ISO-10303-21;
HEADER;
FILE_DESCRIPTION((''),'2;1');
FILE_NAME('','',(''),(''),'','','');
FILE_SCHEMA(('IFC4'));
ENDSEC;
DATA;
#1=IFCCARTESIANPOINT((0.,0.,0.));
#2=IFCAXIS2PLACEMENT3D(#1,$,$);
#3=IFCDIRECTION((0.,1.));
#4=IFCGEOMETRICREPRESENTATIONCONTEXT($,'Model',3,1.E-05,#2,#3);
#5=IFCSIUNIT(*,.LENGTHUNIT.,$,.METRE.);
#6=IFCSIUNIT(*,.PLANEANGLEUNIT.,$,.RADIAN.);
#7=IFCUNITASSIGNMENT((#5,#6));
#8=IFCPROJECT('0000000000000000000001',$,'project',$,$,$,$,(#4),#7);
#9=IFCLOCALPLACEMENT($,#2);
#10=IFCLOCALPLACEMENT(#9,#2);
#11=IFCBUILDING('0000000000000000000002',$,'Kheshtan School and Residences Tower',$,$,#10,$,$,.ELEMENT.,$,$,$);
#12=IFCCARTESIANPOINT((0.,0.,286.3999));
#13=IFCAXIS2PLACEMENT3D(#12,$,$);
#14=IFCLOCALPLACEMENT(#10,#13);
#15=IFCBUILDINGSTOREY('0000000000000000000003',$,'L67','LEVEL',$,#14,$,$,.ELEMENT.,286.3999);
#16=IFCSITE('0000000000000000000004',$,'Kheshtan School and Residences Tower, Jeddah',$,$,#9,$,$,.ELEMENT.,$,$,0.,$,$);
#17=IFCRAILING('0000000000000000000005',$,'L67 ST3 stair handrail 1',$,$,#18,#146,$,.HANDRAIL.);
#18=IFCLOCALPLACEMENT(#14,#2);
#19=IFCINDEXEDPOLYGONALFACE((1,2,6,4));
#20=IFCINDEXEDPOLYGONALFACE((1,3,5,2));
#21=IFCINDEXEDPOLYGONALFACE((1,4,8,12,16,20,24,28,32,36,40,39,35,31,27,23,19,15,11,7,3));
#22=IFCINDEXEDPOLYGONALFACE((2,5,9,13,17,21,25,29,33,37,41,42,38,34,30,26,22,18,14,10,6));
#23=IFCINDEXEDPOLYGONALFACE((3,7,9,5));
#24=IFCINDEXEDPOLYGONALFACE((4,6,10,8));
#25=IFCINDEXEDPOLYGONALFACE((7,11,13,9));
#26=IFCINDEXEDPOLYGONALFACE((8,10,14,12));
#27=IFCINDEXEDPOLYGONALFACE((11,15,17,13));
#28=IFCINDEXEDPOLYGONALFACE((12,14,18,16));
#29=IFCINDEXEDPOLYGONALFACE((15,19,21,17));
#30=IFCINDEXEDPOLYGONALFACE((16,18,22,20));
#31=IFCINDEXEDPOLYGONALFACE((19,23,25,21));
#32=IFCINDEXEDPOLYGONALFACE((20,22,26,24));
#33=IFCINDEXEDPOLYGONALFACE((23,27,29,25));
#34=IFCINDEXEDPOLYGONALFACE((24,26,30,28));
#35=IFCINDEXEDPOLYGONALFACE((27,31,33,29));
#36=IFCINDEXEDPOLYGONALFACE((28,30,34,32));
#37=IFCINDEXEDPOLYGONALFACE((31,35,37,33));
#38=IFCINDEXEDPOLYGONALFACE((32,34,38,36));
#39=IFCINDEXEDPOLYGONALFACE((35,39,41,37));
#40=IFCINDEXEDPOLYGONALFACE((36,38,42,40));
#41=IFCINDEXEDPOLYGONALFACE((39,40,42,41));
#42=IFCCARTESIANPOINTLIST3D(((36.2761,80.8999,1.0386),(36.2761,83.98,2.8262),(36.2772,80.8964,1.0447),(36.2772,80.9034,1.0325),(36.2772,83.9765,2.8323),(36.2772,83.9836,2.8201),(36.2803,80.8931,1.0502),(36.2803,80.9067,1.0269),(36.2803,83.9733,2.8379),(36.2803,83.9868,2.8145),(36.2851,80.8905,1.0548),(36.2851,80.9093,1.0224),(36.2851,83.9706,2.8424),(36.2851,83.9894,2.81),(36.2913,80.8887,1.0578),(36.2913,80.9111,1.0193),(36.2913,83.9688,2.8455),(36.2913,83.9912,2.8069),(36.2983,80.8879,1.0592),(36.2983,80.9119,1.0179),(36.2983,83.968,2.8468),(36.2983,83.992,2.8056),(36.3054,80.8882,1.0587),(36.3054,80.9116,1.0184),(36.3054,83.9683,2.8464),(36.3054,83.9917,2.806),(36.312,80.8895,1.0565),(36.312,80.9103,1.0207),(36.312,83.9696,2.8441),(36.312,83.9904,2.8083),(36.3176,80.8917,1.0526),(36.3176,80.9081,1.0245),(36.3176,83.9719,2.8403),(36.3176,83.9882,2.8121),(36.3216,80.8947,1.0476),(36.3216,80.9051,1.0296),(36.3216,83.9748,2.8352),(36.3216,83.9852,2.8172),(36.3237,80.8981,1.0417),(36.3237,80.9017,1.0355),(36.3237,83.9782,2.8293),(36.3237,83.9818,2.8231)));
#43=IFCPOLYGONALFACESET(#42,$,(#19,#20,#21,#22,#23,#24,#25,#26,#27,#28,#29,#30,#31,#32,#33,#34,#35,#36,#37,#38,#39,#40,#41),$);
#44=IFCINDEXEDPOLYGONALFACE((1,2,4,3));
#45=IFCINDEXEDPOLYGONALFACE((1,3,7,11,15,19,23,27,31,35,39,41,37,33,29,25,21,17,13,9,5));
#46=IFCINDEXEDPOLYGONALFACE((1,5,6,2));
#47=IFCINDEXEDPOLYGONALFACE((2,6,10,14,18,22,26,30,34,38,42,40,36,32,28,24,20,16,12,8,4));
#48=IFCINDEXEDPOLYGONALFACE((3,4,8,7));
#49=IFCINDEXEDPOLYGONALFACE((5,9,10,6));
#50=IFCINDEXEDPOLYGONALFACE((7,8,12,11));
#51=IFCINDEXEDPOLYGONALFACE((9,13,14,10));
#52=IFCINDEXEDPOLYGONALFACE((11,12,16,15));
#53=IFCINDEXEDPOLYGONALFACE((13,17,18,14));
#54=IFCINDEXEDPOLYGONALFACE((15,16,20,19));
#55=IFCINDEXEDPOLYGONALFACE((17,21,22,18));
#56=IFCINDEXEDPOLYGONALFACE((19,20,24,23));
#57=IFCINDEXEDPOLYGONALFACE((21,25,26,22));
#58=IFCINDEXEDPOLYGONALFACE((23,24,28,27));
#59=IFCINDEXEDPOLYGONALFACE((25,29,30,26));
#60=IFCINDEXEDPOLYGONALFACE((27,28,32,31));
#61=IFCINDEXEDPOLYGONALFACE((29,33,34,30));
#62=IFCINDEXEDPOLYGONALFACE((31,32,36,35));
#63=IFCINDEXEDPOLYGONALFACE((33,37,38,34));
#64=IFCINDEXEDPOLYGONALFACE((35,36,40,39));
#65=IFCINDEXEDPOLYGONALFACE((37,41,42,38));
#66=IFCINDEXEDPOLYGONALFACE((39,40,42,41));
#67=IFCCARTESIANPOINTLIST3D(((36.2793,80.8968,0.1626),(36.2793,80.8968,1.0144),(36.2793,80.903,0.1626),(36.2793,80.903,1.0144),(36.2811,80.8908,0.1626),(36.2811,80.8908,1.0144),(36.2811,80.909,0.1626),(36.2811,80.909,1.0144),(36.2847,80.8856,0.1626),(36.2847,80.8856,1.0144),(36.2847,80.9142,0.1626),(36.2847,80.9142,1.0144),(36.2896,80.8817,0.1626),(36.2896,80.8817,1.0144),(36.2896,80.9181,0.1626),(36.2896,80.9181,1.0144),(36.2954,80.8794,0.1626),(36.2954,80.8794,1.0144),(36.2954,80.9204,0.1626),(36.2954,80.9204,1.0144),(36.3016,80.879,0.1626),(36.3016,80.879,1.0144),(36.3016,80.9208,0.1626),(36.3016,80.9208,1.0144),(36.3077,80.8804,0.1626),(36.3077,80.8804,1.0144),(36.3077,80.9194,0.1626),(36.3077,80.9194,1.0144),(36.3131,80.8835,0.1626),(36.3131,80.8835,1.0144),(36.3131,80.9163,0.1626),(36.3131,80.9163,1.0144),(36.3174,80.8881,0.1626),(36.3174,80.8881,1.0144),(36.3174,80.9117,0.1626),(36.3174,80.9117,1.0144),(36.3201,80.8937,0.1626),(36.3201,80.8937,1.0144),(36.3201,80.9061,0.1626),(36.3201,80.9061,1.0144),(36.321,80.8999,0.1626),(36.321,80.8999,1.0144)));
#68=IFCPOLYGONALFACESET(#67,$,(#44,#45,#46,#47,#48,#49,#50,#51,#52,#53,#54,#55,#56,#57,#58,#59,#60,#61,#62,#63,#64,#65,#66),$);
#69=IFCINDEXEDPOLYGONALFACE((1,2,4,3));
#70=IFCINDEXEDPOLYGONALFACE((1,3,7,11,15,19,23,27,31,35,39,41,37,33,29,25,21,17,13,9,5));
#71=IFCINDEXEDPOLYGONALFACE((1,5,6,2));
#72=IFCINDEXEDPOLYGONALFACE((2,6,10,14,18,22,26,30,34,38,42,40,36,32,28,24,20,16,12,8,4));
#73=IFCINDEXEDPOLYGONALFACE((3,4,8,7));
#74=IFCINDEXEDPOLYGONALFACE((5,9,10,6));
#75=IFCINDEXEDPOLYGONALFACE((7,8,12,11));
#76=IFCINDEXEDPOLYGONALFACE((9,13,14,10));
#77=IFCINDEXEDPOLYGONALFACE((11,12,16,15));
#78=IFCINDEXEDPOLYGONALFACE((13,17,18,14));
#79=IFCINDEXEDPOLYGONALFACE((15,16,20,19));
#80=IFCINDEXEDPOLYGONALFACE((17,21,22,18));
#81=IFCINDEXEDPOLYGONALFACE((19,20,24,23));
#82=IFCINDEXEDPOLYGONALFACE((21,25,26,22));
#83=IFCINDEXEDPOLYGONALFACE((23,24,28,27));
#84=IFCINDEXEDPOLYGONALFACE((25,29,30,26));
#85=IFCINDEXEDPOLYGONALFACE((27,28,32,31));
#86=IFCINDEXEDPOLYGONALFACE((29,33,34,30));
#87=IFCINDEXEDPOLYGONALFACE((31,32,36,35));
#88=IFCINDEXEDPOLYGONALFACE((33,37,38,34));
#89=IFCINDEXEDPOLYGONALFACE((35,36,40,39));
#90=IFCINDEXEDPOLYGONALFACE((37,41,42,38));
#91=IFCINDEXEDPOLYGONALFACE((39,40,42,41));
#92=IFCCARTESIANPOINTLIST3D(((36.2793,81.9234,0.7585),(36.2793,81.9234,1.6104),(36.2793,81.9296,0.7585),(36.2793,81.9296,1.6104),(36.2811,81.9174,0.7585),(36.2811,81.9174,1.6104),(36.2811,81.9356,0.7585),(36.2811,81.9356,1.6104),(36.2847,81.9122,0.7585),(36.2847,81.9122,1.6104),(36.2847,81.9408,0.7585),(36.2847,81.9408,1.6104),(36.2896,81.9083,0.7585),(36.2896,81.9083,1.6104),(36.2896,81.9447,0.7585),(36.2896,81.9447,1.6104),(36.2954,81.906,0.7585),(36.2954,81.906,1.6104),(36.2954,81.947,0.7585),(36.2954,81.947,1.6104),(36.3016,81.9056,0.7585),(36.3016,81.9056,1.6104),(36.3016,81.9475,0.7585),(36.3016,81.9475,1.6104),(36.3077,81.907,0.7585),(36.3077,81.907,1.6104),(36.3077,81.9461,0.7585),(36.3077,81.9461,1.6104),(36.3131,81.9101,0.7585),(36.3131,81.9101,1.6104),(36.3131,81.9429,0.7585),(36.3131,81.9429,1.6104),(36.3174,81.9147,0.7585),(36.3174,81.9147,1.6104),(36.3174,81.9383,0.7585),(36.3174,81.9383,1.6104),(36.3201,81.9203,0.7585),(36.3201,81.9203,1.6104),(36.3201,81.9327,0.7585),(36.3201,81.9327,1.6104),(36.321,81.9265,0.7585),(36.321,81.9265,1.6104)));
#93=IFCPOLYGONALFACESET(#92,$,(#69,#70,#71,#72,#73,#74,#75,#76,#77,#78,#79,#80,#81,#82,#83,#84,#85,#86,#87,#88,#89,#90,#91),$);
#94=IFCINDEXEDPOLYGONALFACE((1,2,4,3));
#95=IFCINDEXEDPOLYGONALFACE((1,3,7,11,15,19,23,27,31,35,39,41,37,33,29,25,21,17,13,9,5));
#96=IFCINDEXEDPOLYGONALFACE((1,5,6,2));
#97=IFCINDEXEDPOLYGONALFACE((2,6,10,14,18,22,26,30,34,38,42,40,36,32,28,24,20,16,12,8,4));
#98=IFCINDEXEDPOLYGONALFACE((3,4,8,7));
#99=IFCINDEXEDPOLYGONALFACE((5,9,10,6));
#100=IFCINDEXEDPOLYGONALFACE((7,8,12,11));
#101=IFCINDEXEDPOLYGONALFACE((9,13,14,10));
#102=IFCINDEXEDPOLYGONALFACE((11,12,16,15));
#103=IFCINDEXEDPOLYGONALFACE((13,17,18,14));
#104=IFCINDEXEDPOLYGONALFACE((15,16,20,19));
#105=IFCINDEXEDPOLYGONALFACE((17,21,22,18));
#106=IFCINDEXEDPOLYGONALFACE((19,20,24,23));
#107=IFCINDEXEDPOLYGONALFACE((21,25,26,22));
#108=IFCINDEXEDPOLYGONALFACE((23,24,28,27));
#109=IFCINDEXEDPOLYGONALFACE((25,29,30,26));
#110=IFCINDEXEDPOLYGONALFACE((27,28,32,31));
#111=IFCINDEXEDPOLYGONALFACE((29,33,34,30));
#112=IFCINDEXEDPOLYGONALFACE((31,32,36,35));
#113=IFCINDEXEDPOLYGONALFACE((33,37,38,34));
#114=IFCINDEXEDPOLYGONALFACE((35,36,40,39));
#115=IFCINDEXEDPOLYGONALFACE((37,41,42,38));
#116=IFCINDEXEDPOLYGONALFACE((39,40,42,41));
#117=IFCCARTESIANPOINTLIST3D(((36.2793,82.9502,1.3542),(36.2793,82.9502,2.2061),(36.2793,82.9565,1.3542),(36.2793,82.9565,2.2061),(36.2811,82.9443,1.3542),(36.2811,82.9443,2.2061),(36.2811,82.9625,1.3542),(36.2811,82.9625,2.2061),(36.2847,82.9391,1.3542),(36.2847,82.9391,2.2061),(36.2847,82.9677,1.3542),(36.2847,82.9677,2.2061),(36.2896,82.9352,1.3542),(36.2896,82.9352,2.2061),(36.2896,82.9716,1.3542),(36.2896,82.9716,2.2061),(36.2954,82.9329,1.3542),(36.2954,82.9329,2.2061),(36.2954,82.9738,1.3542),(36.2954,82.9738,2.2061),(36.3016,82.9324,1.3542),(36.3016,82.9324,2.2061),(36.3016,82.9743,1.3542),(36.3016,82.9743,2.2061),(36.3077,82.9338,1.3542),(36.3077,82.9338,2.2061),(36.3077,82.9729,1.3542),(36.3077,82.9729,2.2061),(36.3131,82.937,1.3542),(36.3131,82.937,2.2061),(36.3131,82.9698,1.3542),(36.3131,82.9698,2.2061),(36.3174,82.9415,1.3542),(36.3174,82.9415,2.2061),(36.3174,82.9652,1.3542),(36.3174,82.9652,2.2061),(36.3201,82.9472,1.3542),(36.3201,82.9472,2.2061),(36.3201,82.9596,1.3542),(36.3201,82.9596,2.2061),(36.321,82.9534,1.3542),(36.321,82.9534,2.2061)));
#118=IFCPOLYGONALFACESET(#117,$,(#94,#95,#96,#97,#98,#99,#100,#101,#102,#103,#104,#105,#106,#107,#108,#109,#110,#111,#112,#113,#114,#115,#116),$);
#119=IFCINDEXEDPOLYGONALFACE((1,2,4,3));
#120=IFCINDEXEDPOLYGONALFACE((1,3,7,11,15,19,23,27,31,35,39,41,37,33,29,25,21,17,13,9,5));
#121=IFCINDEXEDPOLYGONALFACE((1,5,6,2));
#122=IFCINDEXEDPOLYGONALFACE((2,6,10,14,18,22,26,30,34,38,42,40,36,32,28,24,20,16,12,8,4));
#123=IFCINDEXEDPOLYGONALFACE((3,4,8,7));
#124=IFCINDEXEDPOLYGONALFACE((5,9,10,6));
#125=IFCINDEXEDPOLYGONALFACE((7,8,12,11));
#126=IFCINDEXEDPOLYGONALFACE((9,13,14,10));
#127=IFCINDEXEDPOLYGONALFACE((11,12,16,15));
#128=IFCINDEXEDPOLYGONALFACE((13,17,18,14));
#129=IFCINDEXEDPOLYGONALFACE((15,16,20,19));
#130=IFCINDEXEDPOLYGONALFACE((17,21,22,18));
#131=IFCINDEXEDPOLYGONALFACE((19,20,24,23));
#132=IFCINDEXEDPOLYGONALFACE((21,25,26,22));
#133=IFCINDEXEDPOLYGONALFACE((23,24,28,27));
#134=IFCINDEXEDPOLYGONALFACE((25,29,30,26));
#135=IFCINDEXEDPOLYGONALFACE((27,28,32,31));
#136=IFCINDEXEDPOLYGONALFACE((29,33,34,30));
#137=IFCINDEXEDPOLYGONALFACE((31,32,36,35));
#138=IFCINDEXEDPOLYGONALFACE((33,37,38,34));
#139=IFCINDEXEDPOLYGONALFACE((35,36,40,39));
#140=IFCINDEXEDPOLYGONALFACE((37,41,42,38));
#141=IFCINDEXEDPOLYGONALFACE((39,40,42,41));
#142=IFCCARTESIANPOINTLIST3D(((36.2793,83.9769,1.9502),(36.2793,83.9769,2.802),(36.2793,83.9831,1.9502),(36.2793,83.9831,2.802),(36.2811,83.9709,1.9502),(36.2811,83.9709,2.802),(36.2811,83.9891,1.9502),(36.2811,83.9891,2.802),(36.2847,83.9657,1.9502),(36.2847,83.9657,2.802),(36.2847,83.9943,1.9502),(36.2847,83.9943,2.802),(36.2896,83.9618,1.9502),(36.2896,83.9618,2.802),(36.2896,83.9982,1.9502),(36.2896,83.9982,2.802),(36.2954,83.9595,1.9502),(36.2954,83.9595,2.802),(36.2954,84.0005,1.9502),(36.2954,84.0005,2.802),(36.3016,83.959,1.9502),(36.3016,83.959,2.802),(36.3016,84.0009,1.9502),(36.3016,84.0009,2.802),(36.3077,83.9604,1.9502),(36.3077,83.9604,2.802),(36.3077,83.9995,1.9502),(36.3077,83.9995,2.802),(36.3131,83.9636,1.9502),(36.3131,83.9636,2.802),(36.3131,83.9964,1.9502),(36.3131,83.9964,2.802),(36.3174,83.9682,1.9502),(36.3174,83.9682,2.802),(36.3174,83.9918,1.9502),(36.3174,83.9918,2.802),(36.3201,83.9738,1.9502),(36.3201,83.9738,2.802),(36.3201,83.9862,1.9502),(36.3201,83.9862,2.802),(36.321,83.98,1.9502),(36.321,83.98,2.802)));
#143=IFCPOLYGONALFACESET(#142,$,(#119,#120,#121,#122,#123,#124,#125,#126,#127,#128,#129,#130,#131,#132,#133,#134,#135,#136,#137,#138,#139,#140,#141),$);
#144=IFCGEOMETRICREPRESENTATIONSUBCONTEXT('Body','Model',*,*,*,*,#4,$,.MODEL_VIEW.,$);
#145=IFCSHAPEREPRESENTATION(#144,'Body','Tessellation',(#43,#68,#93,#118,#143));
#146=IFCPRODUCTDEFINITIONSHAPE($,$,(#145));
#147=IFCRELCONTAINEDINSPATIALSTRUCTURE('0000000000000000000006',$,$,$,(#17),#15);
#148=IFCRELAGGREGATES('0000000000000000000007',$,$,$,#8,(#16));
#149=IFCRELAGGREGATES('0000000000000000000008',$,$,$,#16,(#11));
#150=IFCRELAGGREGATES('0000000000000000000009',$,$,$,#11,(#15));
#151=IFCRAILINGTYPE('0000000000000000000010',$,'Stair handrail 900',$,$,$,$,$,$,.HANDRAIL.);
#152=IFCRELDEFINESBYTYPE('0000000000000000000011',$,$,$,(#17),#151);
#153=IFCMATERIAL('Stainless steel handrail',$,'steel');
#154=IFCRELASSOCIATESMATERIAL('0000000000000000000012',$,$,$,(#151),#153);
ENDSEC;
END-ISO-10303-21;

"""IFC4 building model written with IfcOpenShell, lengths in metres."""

from ifc_helpers import new_model, si_unit, direction, frame, origin, origin_2d, place, context, subcontext, project, spatial, circle, extrude, material, type_object, element, save


model = new_model("IFC4")

# Units and contexts
model_context = context("Model", 3, precision=1e-05, world=origin(), true_north=direction((0.0, 1.0)))
body_context = subcontext(model_context, "Body", "Model", "MODEL_VIEW")
ifc_project = project(units=[si_unit("LENGTHUNIT", "METRE"), si_unit("PLANEANGLEUNIT", "RADIAN")], contexts=[model_context])

# Site, building, storey
site_placement = place(None, origin())
site = spatial("IfcSite", under=ifc_project, at=site_placement, Name="Kheshtan School and Residences Tower, Jeddah", CompositionType="ELEMENT", RefElevation=0.0)
building_placement = place(site_placement, origin())
building = spatial("IfcBuilding", under=site, at=building_placement, Name="Kheshtan School and Residences Tower", CompositionType="ELEMENT")
storey_placement = place(building_placement, frame((0.0, 0.0, 286.3999)))
storey = spatial("IfcBuildingStorey", under=building, at=storey_placement, Name="L67", Description="LEVEL", CompositionType="ELEMENT", Elevation=286.3999)

# Railing
ifc_material_1 = material(Name="Stainless steel handrail", Category="steel")
railing_type_1 = type_object("IfcRailingType", Name="Stair handrail 900", PredefinedType="HANDRAIL", material=ifc_material_1)
railing_1_placement = place(storey_placement, frame((36.3, 80.8999, 0.1626)))
element("IfcRailing", 1, at=railing_1_placement, inside=storey, type_object=railing_type_1, Name="L67 ST3 stair handrail 1", PredefinedType="HANDRAIL", context=body_context, shape_type="SweptSolid", body=[
    extrude(circle(Radius=0.0239, at=origin_2d()), frame((0.0, 0.0, 0.876), z_axis=(0.0, 0.864891, 0.50196), x_axis=(-1.0, 0.0, 0.0)), (0.0, 0.0, 1.0), 3.5613),
    extrude(circle(Radius=0.021, at=origin_2d()), origin(), (0.0, 0.0, 1.0), 0.8518),
    extrude(circle(Radius=0.021, at=origin_2d()), frame((0.0, 1.0266, 0.5959)), (0.0, 0.0, 1.0), 0.8518),
    extrude(circle(Radius=0.021, at=origin_2d()), frame((0.0, 2.0535, 1.1917)), (0.0, 0.0, 1.0), 0.8518),
    extrude(circle(Radius=0.021, at=origin_2d()), frame((0.0, 3.0801, 1.7876)), (0.0, 0.0, 1.0), 0.8518),
])

save(model, "model.ifc")
